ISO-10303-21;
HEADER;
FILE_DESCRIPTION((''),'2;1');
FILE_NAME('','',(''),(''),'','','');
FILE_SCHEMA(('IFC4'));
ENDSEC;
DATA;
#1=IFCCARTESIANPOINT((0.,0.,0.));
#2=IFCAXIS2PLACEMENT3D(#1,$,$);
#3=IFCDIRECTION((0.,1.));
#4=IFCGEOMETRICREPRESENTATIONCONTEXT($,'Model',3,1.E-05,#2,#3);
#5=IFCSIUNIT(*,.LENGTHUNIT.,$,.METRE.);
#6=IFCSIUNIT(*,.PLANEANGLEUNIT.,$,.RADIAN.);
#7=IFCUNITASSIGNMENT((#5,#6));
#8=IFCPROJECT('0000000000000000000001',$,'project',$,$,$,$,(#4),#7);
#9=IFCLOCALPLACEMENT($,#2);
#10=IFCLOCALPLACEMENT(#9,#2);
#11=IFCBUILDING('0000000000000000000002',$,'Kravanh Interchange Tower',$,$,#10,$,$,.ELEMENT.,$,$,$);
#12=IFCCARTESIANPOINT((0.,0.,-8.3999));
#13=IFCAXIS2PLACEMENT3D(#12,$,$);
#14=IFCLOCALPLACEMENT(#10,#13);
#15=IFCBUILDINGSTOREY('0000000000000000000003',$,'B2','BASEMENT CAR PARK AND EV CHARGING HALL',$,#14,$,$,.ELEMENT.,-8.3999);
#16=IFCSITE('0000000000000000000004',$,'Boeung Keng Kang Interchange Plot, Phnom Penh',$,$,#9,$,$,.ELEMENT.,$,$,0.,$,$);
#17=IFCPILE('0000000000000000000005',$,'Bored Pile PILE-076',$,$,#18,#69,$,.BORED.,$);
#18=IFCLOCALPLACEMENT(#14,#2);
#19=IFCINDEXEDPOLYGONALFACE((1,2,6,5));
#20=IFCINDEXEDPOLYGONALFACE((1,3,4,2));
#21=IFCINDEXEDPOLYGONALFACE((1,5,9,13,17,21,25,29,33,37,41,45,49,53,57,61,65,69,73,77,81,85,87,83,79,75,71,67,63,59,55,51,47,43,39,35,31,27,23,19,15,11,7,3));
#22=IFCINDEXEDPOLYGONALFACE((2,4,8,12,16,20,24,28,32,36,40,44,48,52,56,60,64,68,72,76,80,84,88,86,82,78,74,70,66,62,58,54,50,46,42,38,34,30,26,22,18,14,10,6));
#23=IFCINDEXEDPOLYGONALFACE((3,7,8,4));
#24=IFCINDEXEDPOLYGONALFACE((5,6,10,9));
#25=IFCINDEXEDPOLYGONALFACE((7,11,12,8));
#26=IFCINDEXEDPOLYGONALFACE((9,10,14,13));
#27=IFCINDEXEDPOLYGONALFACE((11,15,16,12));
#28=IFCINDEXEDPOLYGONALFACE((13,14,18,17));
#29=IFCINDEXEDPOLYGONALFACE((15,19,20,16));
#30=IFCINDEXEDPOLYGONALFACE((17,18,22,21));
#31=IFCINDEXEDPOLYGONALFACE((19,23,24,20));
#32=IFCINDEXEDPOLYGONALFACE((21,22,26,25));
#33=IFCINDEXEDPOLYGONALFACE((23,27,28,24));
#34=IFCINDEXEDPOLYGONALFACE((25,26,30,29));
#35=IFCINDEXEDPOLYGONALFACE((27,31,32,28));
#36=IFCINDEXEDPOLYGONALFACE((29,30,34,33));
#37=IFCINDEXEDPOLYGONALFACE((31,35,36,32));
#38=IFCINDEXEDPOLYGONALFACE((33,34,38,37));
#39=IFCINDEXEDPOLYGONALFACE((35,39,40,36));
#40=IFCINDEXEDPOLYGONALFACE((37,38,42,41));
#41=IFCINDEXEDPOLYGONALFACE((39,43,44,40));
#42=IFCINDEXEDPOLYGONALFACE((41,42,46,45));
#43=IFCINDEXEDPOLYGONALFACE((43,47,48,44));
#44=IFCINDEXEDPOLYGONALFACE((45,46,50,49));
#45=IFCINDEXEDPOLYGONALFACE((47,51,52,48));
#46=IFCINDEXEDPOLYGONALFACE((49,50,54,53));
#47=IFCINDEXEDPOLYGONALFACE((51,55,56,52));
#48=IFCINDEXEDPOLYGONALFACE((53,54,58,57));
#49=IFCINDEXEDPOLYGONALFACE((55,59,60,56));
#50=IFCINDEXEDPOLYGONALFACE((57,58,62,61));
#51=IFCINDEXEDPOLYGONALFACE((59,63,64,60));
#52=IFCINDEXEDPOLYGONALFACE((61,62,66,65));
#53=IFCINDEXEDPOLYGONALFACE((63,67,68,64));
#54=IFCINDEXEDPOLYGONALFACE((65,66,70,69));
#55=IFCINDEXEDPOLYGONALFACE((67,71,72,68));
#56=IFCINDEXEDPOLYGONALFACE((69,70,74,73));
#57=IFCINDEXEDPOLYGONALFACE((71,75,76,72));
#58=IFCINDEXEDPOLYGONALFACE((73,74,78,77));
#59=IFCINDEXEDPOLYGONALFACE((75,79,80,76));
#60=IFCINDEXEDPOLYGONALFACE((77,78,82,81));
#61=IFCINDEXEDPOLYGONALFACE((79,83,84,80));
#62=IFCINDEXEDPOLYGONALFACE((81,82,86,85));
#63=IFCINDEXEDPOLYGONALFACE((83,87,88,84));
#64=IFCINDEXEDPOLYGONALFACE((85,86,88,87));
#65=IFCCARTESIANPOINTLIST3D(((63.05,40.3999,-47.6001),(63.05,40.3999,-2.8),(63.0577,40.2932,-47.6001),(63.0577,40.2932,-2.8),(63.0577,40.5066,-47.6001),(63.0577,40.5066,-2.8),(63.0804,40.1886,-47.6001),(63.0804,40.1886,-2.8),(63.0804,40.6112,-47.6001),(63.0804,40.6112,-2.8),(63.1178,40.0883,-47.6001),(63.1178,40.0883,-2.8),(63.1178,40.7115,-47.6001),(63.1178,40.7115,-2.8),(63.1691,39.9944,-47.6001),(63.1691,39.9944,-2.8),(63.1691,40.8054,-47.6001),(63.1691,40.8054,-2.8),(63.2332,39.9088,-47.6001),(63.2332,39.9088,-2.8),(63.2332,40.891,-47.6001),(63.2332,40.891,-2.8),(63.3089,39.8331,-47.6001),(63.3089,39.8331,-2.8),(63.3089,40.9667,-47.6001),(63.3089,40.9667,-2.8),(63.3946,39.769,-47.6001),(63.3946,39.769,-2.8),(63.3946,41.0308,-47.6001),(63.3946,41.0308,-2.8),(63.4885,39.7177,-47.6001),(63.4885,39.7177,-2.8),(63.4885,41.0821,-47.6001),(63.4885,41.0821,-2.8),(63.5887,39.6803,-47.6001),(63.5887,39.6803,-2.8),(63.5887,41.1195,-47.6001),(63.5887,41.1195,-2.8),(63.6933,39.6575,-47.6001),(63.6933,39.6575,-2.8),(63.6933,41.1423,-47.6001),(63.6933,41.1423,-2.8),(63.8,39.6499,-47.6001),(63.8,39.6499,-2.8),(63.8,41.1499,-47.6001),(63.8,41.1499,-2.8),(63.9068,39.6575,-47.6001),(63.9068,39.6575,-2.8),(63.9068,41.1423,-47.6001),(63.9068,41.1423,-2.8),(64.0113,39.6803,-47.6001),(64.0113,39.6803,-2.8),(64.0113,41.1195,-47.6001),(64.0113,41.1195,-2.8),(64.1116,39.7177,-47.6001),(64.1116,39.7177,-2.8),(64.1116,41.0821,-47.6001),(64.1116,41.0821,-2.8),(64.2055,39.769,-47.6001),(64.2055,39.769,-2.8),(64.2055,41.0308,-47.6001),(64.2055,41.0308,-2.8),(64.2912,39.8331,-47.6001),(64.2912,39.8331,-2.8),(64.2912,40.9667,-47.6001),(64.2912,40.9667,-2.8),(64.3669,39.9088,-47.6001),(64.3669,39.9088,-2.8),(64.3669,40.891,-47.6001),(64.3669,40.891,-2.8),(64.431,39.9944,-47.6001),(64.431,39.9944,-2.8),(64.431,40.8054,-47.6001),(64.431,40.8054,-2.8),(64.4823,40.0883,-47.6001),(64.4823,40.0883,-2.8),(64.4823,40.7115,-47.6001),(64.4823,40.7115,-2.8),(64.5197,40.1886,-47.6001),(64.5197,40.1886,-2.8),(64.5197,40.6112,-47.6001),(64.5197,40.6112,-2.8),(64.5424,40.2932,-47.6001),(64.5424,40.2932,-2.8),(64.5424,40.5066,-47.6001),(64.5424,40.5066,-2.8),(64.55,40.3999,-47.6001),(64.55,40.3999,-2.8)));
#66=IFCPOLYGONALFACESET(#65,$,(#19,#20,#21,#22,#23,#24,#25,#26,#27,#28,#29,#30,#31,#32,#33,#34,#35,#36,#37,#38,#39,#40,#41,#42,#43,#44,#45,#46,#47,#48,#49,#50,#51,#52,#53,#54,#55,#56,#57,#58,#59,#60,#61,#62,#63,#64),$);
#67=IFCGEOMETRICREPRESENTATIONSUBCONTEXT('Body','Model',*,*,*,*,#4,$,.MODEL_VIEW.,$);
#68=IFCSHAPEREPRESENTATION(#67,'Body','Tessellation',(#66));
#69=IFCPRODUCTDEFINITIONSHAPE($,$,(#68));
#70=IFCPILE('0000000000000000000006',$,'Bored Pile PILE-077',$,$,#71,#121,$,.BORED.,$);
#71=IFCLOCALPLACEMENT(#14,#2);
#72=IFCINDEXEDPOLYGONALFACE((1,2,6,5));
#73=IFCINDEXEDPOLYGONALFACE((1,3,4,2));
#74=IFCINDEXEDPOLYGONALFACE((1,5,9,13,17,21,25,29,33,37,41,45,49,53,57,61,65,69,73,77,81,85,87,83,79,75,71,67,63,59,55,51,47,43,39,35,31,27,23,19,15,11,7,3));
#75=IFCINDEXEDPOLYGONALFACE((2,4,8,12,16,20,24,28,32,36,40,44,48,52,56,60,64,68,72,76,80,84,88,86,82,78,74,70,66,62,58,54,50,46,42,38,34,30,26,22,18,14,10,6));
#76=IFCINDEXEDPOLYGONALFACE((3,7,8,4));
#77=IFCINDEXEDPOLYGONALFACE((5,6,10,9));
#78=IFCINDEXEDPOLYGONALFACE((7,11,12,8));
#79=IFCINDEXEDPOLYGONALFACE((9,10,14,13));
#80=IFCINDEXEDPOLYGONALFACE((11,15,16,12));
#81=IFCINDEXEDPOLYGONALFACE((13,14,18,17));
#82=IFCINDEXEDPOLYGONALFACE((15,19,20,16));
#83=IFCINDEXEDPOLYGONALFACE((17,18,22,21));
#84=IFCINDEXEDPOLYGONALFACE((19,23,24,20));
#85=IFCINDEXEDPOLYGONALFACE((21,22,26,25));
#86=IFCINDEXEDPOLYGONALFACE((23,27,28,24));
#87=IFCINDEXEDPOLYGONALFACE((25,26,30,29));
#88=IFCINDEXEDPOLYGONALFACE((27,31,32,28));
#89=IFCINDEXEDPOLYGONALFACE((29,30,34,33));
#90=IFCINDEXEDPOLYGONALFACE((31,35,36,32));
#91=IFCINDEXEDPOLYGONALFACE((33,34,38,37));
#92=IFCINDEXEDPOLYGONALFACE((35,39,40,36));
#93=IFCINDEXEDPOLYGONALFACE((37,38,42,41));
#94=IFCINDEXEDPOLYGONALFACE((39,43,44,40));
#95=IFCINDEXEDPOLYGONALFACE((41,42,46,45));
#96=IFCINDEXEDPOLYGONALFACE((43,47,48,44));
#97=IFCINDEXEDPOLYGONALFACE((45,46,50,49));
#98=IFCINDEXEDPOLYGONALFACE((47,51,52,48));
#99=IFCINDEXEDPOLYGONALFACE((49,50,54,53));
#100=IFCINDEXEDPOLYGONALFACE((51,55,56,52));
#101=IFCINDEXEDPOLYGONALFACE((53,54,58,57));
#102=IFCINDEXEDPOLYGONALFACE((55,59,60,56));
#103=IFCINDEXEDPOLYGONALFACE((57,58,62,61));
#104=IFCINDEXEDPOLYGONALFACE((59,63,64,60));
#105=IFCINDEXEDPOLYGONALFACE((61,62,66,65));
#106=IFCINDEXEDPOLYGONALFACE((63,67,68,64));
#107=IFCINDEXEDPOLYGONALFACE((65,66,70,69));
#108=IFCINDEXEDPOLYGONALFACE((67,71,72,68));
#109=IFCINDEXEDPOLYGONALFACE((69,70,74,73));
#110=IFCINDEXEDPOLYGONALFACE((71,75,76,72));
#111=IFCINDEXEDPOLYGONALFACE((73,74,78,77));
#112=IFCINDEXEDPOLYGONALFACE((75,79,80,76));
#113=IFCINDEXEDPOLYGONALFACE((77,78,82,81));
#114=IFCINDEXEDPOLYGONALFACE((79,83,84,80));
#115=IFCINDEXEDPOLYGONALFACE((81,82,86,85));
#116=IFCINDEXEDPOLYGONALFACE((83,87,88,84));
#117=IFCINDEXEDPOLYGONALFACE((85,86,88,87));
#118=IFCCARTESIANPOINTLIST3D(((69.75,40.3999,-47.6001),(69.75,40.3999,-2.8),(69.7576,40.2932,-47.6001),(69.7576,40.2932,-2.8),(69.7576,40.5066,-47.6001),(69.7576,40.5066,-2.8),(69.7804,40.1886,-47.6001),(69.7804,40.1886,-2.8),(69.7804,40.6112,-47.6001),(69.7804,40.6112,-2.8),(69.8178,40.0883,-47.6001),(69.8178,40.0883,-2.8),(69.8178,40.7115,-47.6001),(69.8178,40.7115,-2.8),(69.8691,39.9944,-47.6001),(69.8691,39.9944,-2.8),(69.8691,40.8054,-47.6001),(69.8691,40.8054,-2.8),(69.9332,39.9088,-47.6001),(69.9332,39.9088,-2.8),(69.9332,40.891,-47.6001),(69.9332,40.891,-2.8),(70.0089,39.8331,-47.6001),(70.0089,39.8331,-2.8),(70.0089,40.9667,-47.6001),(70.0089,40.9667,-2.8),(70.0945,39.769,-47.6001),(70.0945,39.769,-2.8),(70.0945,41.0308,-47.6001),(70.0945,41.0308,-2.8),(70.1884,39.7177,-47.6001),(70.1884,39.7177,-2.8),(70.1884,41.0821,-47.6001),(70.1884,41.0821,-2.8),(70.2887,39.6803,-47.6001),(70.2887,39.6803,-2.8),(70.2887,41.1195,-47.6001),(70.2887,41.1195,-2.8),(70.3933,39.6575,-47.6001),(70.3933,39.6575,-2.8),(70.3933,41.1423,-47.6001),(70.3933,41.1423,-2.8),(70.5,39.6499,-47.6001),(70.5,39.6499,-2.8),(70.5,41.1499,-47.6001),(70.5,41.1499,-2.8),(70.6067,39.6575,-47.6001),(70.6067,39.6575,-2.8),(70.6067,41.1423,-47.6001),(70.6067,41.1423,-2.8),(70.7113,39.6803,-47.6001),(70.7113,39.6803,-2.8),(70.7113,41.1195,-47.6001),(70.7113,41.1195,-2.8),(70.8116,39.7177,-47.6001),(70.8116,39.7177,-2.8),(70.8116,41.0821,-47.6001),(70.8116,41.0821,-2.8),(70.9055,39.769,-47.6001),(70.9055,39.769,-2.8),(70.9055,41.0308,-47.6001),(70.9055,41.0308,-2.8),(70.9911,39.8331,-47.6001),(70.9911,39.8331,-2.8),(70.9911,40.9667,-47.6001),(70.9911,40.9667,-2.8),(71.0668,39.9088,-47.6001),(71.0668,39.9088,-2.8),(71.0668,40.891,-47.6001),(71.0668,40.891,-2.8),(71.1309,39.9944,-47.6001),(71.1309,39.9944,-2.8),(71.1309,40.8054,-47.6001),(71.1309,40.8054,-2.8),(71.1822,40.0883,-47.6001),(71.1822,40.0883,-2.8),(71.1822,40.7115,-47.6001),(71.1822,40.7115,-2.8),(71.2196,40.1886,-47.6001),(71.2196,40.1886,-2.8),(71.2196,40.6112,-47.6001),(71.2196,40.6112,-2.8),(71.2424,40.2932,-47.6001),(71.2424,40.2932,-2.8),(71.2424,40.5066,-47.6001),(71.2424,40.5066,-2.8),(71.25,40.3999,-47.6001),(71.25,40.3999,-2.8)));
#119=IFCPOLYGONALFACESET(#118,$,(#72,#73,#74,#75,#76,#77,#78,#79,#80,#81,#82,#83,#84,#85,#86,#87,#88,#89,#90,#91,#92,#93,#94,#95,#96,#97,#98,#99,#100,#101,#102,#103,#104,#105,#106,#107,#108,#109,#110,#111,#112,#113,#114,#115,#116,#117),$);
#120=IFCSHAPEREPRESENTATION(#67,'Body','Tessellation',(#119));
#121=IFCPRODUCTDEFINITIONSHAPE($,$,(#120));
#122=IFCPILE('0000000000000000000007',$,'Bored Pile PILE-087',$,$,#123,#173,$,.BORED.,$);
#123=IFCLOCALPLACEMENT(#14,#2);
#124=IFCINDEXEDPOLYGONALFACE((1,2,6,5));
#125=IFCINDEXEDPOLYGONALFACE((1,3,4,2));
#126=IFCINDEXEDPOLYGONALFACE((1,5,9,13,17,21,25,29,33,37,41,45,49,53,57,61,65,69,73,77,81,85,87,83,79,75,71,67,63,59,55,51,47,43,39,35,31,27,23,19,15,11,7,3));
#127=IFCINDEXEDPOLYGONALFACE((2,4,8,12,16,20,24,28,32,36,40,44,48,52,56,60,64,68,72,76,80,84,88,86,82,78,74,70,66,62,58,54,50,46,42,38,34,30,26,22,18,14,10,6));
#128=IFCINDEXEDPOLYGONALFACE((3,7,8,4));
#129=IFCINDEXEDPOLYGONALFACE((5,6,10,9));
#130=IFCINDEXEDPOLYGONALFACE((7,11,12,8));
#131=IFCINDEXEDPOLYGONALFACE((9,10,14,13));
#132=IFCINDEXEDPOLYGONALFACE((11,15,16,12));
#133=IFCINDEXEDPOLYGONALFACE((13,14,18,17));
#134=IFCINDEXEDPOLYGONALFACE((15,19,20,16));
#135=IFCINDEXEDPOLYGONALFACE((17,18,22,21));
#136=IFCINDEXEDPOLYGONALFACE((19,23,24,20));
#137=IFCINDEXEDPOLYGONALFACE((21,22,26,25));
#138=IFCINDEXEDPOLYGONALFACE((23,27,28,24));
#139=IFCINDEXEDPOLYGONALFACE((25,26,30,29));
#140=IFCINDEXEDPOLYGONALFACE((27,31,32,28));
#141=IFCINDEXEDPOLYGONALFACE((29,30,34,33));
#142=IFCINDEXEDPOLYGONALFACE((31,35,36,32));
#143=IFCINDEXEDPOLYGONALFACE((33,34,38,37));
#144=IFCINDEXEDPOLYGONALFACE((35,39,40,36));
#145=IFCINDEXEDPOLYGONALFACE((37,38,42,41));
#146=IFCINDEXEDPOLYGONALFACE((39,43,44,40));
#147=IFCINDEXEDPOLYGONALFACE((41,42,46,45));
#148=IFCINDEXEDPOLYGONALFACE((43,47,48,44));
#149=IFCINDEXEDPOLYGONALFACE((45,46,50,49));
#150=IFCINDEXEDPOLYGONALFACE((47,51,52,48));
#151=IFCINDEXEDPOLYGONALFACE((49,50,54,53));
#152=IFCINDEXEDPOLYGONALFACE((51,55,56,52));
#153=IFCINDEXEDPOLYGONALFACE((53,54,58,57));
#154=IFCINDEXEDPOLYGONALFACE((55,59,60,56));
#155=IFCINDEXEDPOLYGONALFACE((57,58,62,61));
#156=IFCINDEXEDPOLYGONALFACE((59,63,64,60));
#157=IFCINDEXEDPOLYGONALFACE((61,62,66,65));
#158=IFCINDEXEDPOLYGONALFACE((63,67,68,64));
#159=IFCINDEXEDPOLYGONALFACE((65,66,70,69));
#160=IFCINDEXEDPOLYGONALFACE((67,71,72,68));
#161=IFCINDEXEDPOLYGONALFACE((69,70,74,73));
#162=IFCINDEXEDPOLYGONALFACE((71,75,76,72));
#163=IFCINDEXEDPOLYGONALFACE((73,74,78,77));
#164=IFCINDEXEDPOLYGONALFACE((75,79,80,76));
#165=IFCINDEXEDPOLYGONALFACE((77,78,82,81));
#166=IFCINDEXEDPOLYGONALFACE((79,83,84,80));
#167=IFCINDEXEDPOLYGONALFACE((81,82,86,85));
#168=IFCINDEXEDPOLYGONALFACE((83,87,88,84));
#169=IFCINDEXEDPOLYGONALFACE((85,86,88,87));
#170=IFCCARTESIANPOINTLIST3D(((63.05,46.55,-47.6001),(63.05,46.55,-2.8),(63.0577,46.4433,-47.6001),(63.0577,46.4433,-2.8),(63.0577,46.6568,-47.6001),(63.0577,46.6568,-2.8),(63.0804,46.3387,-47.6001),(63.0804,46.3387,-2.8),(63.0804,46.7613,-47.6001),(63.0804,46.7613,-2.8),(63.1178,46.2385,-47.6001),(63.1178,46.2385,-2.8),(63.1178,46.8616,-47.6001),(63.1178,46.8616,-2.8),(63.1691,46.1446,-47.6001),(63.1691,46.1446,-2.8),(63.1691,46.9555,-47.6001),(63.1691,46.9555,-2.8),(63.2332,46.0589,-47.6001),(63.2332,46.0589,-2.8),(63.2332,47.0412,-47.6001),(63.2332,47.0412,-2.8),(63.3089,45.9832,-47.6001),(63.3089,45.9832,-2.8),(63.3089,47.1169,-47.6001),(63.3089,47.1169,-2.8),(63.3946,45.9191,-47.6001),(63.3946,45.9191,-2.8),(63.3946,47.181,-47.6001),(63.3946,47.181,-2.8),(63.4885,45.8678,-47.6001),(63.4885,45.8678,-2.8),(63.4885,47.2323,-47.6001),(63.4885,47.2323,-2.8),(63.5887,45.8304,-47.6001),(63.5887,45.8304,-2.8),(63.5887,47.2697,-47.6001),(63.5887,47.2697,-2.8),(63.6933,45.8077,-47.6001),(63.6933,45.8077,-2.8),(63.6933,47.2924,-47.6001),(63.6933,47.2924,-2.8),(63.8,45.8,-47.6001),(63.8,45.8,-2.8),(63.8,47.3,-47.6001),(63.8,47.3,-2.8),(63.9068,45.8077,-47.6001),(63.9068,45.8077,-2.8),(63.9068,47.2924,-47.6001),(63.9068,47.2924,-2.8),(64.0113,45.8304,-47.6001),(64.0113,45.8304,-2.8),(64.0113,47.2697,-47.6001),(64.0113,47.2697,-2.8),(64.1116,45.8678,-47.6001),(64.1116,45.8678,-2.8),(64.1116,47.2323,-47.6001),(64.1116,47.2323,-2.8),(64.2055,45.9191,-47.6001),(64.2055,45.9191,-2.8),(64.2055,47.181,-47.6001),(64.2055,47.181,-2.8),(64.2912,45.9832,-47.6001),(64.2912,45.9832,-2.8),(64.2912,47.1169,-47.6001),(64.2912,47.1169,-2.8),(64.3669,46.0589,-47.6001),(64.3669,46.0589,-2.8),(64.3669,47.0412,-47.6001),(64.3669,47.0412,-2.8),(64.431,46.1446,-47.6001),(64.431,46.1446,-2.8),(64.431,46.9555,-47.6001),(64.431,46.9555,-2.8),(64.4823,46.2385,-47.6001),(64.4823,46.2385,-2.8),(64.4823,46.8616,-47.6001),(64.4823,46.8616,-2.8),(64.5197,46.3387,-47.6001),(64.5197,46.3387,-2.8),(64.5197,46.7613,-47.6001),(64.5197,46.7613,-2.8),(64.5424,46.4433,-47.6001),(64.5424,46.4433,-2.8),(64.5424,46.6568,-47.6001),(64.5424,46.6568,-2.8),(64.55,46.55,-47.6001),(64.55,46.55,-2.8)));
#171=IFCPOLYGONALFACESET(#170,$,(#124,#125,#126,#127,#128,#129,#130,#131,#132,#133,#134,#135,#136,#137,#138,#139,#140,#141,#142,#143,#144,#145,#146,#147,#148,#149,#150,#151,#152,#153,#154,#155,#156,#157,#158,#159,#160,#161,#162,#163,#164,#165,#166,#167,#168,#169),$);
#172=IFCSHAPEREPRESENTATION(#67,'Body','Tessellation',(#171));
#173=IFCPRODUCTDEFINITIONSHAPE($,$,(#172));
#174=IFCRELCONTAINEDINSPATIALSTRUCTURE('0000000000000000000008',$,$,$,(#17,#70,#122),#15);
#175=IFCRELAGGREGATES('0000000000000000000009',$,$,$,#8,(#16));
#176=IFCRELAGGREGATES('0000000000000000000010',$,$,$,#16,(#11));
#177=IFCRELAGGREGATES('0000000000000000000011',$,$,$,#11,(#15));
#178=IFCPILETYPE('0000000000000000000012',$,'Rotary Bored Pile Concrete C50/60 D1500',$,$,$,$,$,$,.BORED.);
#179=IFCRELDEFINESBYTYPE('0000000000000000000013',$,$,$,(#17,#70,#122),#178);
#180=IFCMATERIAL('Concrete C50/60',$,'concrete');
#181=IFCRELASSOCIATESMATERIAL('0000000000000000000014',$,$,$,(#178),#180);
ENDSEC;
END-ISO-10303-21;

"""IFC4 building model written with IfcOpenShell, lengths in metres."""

from ifc_helpers import new_model, si_unit, direction, frame, origin, origin_2d, place, context, subcontext, project, spatial, circle, extrude, material, material_profile, profile_set, type_object, element, save


model = new_model("IFC4")

# Units and contexts
model_context = context("Model", 3, precision=1e-05, world=origin(), true_north=direction((0.0, 1.0)))
body_context = subcontext(model_context, "Body", "Model", "MODEL_VIEW")
ifc_project = project(units=[si_unit("LENGTHUNIT", "METRE"), si_unit("PLANEANGLEUNIT", "RADIAN")], contexts=[model_context])

# Site, building, storey
site_placement = place(None, origin())
site = spatial("IfcSite", under=ifc_project, at=site_placement, Name="Boeung Keng Kang Interchange Plot, Phnom Penh", CompositionType="ELEMENT", RefElevation=0.0)
building_placement = place(site_placement, origin())
building = spatial("IfcBuilding", under=site, at=building_placement, Name="Kravanh Interchange Tower", CompositionType="ELEMENT")
storey_placement = place(building_placement, frame((0.0, 0.0, -8.3999)))
storey = spatial("IfcBuildingStorey", under=building, at=storey_placement, Name="B2", Description="BASEMENT CAR PARK AND EV CHARGING HALL", CompositionType="ELEMENT", Elevation=-8.3999)

# Piles
ifc_material_1 = material(Name="Concrete C50/60", Category="concrete")
ifc_material_profile_1 = material_profile(ifc_material_1, circle(Radius=0.75, at=origin_2d()), Name="PILE-D1500")
ifc_profile_set_1 = profile_set([ifc_material_profile_1], Name="Concrete C50/60")
pile_type_1 = type_object("IfcPileType", Name="Rotary Bored Pile Concrete C50/60 D1500", PredefinedType="BORED", material=ifc_profile_set_1)
for number, where, z_axis, x_axis, name in (
    (1, (63.8, 40.3999, -2.8), (0.0, 0.0, -1.0), (1.0, 0.0, 0.0), "Bored Pile PILE-076"),
    (2, (70.5, 40.3999, -2.8), (0.0, 0.0, -1.0), (1.0, 0.0, 0.0), "Bored Pile PILE-077"),
    (3, (63.8, 46.55, -2.8), (0.0, 0.0, -1.0), (1.0, 0.0, 0.0), "Bored Pile PILE-087"),
):
    element("IfcPile", number, at=place(storey_placement, frame(where, z_axis=z_axis, x_axis=x_axis)), inside=storey, type_object=pile_type_1, Name=name, PredefinedType="BORED", context=body_context, shape_type="SweptSolid", body=[
        extrude(circle(Radius=0.75, at=origin_2d()), origin(), (0.0, 0.0, 1.0), 44.8),
    ])

save(model, "model.ifc")
